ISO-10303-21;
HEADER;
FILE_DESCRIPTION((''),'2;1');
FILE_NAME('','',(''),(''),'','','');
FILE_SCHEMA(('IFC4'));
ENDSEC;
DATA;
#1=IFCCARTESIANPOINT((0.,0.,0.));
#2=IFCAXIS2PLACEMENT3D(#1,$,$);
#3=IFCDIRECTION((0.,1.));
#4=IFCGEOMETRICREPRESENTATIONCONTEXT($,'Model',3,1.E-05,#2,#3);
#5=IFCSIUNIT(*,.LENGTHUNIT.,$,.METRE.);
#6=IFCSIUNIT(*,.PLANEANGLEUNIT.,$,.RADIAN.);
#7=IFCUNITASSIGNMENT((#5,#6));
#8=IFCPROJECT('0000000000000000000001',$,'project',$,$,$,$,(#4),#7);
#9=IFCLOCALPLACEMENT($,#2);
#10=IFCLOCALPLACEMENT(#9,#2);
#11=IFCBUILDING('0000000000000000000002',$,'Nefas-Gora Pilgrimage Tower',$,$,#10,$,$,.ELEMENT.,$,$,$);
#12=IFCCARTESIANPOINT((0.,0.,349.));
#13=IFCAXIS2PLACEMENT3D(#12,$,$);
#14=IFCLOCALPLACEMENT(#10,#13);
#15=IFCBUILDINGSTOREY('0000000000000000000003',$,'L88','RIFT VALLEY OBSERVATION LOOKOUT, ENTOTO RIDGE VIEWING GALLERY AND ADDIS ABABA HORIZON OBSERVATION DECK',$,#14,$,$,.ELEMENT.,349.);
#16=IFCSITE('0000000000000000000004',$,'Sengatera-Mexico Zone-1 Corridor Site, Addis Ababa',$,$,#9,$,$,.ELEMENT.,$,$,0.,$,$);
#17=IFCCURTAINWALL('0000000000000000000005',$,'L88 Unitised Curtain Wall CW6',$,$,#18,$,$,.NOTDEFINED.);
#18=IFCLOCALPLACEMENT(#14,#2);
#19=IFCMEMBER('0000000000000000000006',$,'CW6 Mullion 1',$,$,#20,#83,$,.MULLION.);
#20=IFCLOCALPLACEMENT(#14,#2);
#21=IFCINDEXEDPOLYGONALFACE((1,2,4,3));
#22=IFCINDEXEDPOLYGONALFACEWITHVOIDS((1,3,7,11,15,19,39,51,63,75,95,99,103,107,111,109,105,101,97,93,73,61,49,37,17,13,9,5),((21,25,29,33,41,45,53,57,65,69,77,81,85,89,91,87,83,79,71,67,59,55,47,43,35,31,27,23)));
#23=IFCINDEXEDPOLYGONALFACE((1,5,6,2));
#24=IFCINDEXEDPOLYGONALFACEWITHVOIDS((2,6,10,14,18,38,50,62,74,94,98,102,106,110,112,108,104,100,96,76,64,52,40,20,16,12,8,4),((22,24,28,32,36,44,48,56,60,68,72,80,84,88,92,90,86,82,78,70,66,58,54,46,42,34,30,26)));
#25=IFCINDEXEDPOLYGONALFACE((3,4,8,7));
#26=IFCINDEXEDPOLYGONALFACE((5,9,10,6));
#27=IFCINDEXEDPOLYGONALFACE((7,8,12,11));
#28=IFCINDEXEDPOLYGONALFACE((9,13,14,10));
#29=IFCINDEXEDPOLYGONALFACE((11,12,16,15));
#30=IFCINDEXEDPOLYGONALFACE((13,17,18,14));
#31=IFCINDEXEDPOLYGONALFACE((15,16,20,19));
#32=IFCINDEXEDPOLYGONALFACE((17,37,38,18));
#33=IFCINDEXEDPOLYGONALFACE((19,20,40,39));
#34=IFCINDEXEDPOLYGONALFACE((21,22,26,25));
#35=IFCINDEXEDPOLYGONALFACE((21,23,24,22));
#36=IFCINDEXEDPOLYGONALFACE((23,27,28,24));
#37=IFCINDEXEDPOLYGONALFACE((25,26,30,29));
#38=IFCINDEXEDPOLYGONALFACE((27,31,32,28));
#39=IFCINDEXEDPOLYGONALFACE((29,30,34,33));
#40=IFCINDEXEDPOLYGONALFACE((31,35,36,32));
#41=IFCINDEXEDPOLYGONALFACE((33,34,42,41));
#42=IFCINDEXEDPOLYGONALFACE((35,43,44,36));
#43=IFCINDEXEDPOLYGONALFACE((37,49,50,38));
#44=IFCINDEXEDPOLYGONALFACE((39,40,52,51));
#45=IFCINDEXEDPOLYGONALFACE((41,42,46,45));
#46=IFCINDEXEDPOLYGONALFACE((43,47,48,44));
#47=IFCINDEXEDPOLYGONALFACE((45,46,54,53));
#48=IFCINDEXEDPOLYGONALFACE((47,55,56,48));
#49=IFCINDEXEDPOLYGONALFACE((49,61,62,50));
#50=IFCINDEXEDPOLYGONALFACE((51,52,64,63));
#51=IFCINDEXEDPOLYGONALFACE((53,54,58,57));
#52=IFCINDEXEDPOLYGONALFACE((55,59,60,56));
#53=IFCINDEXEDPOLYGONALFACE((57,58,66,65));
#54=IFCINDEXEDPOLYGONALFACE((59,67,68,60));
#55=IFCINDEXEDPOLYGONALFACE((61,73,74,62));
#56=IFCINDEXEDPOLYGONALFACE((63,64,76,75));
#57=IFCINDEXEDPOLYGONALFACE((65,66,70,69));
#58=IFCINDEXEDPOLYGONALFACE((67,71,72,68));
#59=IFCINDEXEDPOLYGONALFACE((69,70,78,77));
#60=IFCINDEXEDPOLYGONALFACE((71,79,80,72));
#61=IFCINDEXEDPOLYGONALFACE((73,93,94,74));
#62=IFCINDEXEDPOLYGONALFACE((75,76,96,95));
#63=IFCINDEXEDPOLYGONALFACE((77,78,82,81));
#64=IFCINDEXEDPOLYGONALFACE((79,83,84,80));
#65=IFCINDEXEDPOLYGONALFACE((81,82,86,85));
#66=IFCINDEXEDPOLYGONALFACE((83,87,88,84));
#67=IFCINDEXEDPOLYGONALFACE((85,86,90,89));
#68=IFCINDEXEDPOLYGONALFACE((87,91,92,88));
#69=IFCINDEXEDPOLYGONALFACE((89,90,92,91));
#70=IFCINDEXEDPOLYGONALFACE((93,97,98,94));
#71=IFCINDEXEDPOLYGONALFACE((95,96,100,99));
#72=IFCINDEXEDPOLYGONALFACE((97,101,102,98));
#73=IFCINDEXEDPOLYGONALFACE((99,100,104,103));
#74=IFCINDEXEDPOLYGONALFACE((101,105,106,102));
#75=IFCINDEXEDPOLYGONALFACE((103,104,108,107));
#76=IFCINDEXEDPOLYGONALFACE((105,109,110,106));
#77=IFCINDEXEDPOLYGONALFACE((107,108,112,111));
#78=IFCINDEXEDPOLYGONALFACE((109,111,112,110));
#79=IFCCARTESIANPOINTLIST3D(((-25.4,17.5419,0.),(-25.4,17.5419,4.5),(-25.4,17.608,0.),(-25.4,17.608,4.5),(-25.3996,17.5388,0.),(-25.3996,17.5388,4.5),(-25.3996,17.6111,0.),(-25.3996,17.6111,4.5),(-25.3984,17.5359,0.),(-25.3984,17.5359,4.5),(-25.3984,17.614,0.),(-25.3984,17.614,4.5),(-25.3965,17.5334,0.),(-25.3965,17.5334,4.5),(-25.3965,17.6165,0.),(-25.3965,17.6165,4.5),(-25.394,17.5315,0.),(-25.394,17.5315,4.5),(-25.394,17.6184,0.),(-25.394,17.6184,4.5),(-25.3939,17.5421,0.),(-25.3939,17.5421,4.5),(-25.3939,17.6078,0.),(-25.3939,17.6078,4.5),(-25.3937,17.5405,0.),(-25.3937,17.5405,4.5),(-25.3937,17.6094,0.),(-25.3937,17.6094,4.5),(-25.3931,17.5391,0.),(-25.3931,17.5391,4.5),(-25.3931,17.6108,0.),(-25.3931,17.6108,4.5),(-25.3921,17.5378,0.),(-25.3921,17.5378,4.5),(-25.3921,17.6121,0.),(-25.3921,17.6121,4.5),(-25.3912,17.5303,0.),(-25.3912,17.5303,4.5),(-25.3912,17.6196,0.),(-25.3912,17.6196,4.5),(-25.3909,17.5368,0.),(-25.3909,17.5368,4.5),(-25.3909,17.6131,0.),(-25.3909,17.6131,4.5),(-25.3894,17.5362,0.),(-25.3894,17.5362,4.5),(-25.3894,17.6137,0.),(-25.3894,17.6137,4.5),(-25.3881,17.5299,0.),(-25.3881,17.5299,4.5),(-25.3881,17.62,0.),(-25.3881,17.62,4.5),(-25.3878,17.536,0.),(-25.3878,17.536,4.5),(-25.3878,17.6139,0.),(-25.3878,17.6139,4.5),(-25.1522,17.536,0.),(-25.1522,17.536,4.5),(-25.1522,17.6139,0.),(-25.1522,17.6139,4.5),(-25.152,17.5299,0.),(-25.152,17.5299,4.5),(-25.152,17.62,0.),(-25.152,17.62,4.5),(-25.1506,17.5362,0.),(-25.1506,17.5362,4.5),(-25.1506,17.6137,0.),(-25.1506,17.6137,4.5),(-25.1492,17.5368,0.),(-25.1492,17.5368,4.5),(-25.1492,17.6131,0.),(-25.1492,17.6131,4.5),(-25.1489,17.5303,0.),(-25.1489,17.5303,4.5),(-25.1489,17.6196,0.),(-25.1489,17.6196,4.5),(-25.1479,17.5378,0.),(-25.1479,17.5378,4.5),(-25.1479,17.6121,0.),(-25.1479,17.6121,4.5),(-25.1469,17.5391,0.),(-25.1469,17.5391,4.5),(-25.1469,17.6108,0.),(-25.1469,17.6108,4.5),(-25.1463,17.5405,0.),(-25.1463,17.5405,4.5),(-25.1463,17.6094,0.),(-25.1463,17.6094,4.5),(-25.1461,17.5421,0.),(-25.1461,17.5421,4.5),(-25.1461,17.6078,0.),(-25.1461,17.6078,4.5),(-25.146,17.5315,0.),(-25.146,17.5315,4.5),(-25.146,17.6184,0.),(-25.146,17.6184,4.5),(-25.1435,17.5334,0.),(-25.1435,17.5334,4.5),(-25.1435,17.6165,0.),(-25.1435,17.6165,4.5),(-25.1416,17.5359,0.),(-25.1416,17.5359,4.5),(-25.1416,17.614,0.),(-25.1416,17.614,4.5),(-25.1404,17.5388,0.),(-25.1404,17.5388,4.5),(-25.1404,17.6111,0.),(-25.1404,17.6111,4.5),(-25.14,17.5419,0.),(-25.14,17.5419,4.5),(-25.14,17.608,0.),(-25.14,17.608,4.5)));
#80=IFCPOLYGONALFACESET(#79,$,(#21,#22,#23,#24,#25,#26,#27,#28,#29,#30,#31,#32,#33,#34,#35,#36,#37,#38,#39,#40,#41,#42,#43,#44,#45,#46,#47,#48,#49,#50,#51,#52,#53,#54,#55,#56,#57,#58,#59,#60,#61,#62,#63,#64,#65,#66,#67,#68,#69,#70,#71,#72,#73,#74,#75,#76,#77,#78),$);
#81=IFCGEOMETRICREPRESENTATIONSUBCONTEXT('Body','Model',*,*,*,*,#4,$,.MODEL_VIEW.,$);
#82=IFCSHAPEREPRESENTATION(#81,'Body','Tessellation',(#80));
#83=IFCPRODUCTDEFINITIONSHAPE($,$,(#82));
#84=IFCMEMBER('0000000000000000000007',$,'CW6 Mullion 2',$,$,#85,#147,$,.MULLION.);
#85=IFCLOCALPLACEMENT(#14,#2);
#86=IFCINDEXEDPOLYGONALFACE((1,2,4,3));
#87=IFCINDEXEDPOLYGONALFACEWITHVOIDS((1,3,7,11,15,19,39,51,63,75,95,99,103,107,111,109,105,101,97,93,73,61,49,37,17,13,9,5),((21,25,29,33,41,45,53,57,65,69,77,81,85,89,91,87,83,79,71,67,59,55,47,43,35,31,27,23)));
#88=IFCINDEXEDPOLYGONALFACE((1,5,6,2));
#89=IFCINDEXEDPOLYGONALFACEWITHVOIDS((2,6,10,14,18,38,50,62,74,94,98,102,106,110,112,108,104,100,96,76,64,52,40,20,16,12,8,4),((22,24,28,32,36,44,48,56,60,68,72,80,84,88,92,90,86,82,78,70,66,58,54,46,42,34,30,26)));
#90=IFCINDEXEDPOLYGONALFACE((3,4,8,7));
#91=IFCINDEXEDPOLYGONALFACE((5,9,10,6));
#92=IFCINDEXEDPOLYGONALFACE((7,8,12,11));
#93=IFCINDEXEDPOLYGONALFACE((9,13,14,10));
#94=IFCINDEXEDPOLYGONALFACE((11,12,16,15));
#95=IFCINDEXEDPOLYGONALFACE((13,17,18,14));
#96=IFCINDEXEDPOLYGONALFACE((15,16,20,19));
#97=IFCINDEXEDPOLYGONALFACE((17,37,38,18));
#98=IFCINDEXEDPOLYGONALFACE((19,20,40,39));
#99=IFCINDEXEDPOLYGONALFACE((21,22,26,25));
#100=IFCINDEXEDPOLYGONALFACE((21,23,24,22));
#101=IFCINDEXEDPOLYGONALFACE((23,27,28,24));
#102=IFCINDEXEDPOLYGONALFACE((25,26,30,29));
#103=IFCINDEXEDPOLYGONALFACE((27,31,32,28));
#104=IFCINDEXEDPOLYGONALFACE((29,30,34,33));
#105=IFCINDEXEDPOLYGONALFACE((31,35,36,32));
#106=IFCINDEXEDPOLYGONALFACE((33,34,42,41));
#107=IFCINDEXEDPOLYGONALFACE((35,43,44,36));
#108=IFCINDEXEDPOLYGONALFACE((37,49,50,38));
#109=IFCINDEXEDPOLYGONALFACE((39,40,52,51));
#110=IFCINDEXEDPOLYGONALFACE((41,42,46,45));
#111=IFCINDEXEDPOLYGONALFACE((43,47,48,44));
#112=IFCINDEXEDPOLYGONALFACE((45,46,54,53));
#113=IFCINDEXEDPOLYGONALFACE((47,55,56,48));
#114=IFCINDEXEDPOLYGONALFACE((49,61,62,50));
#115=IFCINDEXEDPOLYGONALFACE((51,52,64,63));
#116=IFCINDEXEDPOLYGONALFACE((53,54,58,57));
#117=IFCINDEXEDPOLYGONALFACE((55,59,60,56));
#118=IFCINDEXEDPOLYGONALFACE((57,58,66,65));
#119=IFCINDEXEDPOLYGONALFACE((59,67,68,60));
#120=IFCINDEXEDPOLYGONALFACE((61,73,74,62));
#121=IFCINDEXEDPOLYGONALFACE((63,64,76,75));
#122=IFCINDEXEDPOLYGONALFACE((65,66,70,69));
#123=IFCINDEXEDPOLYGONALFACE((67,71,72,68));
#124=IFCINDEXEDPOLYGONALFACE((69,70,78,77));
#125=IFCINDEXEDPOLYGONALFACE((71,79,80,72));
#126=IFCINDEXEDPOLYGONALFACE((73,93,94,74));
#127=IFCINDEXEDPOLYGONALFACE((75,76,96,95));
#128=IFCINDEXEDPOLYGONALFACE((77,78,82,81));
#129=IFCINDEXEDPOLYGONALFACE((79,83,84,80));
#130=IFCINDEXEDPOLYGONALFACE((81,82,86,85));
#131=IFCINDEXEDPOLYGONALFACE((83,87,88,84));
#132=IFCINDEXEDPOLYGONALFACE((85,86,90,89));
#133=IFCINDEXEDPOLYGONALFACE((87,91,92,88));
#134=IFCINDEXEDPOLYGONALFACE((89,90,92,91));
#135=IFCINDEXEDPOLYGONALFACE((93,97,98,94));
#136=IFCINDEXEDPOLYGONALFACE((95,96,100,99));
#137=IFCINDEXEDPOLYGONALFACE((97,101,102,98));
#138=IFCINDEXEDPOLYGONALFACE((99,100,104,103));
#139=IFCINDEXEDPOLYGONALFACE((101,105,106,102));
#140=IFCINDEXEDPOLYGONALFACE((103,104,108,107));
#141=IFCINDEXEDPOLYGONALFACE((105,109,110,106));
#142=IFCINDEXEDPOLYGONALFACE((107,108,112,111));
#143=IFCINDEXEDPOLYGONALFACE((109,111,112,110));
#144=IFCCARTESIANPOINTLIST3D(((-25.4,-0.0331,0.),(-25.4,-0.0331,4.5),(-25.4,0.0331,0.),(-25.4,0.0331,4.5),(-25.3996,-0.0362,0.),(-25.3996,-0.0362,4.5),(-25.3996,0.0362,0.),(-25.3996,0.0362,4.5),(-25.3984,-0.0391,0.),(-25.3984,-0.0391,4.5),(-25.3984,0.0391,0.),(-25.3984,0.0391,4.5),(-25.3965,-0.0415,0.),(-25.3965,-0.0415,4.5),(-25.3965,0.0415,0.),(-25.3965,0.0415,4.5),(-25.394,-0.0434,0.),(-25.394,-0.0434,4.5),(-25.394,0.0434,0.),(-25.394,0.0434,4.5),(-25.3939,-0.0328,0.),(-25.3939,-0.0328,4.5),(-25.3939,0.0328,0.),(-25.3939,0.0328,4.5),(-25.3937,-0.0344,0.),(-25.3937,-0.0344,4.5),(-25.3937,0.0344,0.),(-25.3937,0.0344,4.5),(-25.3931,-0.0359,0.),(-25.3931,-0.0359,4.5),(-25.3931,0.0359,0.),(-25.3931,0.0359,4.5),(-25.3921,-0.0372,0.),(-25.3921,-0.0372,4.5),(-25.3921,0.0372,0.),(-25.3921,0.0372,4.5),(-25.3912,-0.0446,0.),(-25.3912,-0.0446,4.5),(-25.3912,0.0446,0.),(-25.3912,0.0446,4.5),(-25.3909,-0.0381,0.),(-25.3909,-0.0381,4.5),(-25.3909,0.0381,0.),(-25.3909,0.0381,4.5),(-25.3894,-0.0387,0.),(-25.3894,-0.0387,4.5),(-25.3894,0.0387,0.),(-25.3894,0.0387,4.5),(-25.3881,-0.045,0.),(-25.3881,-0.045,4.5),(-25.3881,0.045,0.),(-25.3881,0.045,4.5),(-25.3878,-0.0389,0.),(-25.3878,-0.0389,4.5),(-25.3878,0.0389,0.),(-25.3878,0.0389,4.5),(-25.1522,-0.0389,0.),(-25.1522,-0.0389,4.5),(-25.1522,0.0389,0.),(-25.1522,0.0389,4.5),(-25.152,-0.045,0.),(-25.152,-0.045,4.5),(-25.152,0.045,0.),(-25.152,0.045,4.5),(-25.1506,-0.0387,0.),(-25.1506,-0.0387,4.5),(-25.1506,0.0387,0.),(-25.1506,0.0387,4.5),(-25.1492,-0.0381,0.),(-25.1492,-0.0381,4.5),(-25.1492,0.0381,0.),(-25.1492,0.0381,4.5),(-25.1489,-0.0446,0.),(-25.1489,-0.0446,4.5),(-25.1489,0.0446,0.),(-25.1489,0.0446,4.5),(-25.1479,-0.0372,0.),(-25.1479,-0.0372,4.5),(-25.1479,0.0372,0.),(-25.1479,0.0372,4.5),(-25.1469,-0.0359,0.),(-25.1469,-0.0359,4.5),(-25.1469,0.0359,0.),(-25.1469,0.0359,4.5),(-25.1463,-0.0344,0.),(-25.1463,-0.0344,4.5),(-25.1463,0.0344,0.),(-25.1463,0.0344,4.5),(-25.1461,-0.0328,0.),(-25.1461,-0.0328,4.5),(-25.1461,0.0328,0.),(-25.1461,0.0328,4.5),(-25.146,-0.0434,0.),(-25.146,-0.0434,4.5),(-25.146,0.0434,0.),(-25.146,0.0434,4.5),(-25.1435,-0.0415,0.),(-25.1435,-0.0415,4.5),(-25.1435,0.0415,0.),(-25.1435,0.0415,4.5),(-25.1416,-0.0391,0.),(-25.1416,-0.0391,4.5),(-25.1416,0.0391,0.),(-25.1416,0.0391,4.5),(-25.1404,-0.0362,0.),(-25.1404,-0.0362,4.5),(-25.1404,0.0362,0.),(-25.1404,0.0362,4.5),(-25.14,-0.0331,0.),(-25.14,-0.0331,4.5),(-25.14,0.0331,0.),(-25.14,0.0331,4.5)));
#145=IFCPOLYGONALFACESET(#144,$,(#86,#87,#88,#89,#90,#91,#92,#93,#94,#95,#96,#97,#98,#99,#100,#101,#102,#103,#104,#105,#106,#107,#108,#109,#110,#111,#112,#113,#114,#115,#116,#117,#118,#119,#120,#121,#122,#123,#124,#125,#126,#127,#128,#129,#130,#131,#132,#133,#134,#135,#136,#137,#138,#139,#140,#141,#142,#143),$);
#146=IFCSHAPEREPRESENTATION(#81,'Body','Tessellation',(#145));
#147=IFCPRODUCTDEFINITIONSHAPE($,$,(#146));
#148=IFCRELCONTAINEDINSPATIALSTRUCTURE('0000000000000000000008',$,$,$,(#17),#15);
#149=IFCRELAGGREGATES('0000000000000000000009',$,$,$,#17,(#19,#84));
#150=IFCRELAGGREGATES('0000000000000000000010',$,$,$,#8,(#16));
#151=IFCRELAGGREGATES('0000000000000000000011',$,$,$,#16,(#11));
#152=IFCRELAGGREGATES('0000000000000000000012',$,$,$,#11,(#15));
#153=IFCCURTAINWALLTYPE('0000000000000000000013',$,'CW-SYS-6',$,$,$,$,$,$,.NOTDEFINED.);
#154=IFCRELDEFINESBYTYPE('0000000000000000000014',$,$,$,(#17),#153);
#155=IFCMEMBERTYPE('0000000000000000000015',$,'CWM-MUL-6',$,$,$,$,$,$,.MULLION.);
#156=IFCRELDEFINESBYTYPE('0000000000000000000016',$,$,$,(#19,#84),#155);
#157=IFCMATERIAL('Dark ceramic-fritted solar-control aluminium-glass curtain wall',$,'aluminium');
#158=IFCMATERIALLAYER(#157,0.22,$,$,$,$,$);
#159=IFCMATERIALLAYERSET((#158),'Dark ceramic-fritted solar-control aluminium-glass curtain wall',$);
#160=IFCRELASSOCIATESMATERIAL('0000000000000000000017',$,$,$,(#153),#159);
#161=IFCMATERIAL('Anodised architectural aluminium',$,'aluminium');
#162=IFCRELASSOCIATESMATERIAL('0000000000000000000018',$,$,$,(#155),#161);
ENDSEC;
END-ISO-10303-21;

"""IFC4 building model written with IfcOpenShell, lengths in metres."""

from ifc_helpers import new_model, si_unit, direction, frame, origin, origin_2d, place, context, subcontext, project, spatial, hollow_rectangle, extrude, source, transform, mapped, material, layer, layer_set, material_profile, profile_set, type_object, element, aggregate, save


model = new_model("IFC4")

# Units and contexts
model_context = context("Model", 3, precision=1e-05, world=origin(), true_north=direction((0.0, 1.0)))
body_context = subcontext(model_context, "Body", "Model", "MODEL_VIEW")
ifc_project = project(units=[si_unit("LENGTHUNIT", "METRE"), si_unit("PLANEANGLEUNIT", "RADIAN")], contexts=[model_context])

# Site, building, storey
site_placement = place(None, origin())
site = spatial("IfcSite", under=ifc_project, at=site_placement, Name="Sengatera-Mexico Zone-1 Corridor Site, Addis Ababa", CompositionType="ELEMENT", RefElevation=0.0)
building_placement = place(site_placement, origin())
building = spatial("IfcBuilding", under=site, at=building_placement, Name="Nefas-Gora Pilgrimage Tower", CompositionType="ELEMENT")
storey_placement = place(building_placement, frame((0.0, 0.0, 349.0)))
storey = spatial("IfcBuildingStorey", under=building, at=storey_placement, Name="L88", Description="RIFT VALLEY OBSERVATION LOOKOUT, ENTOTO RIDGE VIEWING GALLERY AND ADDIS ABABA HORIZON OBSERVATION DECK", CompositionType="ELEMENT", Elevation=349.0)

# Shared definitions
ifc_material_1 = material(Name="Dark ceramic-fritted solar-control aluminium-glass curtain wall", Category="aluminium")
ifc_layer_1 = layer(ifc_material_1, 0.22)
ifc_layer_set_1 = layer_set([ifc_layer_1], Name="Dark ceramic-fritted solar-control aluminium-glass curtain wall")
curtain_wall_type = type_object("IfcCurtainWallType", Name="CW-SYS-6", PredefinedType="NOTDEFINED", material=ifc_layer_set_1)
ifc_material_2 = material(Name="Anodised architectural aluminium", Category="aluminium")
ifc_material_profile_1 = material_profile(ifc_material_2, hollow_rectangle(XDim=0.0901, YDim=0.26, WallThickness=0.0061, InnerFilletRadius=0.0061, OuterFilletRadius=0.012, at=origin_2d()), Name="ALU MULLION 90x260")
ifc_profile_set_1 = profile_set([ifc_material_profile_1], Name="Anodised architectural aluminium")
member_type_1 = type_object("IfcMemberType", Name="CWM-MUL-6", PredefinedType="MULLION", material=ifc_profile_set_1)
shared_shape_1 = source(origin(), body_context, "Body", "SweptSolid", [
    extrude(hollow_rectangle(XDim=0.0901, YDim=0.26, WallThickness=0.0061, InnerFilletRadius=0.0061, OuterFilletRadius=0.012, at=origin_2d()), origin(), (0.0, 0.0, 1.0), 4.5),
])

# Curtain wall, members
curtain_wall_1_placement = place(storey_placement, origin())
curtain_wall_1 = element("IfcCurtainWall", 1, at=curtain_wall_1_placement, inside=storey, type_object=curtain_wall_type, Name="L88 Unitised Curtain Wall CW6", PredefinedType="NOTDEFINED")
member_1_placement = place(storey_placement, frame((-25.27, 17.575, 0.0), z_axis=(0.0, 0.0, 1.0), x_axis=(0.0, -1.0, 0.0)))
member_1 = element("IfcMember", 2, at=member_1_placement, type_object=member_type_1, Name="CW6 Mullion 1", PredefinedType="MULLION", context=body_context, shape_type="MappedRepresentation", body=[
    mapped(shared_shape_1, transform((0.0, 0.0, 0.0), x_axis=(1.0, 0.0, 0.0), y_axis=(0.0, 1.0, 0.0), z_axis=(0.0, 0.0, 1.0), scale=1.0)),
])
member_2_placement = place(storey_placement, frame((-25.27, 0.0, 0.0), z_axis=(0.0, 0.0, 1.0), x_axis=(0.0, -1.0, 0.0)))
member_2 = element("IfcMember", 3, at=member_2_placement, type_object=member_type_1, Name="CW6 Mullion 2", PredefinedType="MULLION", context=body_context, shape_type="MappedRepresentation", body=[
    mapped(shared_shape_1, transform((0.0, 0.0, 0.0), x_axis=(1.0, 0.0, 0.0), y_axis=(0.0, 1.0, 0.0), z_axis=(0.0, 0.0, 1.0), scale=1.0)),
])
aggregate(curtain_wall_1, [member_1, member_2])

save(model, "model.ifc")
